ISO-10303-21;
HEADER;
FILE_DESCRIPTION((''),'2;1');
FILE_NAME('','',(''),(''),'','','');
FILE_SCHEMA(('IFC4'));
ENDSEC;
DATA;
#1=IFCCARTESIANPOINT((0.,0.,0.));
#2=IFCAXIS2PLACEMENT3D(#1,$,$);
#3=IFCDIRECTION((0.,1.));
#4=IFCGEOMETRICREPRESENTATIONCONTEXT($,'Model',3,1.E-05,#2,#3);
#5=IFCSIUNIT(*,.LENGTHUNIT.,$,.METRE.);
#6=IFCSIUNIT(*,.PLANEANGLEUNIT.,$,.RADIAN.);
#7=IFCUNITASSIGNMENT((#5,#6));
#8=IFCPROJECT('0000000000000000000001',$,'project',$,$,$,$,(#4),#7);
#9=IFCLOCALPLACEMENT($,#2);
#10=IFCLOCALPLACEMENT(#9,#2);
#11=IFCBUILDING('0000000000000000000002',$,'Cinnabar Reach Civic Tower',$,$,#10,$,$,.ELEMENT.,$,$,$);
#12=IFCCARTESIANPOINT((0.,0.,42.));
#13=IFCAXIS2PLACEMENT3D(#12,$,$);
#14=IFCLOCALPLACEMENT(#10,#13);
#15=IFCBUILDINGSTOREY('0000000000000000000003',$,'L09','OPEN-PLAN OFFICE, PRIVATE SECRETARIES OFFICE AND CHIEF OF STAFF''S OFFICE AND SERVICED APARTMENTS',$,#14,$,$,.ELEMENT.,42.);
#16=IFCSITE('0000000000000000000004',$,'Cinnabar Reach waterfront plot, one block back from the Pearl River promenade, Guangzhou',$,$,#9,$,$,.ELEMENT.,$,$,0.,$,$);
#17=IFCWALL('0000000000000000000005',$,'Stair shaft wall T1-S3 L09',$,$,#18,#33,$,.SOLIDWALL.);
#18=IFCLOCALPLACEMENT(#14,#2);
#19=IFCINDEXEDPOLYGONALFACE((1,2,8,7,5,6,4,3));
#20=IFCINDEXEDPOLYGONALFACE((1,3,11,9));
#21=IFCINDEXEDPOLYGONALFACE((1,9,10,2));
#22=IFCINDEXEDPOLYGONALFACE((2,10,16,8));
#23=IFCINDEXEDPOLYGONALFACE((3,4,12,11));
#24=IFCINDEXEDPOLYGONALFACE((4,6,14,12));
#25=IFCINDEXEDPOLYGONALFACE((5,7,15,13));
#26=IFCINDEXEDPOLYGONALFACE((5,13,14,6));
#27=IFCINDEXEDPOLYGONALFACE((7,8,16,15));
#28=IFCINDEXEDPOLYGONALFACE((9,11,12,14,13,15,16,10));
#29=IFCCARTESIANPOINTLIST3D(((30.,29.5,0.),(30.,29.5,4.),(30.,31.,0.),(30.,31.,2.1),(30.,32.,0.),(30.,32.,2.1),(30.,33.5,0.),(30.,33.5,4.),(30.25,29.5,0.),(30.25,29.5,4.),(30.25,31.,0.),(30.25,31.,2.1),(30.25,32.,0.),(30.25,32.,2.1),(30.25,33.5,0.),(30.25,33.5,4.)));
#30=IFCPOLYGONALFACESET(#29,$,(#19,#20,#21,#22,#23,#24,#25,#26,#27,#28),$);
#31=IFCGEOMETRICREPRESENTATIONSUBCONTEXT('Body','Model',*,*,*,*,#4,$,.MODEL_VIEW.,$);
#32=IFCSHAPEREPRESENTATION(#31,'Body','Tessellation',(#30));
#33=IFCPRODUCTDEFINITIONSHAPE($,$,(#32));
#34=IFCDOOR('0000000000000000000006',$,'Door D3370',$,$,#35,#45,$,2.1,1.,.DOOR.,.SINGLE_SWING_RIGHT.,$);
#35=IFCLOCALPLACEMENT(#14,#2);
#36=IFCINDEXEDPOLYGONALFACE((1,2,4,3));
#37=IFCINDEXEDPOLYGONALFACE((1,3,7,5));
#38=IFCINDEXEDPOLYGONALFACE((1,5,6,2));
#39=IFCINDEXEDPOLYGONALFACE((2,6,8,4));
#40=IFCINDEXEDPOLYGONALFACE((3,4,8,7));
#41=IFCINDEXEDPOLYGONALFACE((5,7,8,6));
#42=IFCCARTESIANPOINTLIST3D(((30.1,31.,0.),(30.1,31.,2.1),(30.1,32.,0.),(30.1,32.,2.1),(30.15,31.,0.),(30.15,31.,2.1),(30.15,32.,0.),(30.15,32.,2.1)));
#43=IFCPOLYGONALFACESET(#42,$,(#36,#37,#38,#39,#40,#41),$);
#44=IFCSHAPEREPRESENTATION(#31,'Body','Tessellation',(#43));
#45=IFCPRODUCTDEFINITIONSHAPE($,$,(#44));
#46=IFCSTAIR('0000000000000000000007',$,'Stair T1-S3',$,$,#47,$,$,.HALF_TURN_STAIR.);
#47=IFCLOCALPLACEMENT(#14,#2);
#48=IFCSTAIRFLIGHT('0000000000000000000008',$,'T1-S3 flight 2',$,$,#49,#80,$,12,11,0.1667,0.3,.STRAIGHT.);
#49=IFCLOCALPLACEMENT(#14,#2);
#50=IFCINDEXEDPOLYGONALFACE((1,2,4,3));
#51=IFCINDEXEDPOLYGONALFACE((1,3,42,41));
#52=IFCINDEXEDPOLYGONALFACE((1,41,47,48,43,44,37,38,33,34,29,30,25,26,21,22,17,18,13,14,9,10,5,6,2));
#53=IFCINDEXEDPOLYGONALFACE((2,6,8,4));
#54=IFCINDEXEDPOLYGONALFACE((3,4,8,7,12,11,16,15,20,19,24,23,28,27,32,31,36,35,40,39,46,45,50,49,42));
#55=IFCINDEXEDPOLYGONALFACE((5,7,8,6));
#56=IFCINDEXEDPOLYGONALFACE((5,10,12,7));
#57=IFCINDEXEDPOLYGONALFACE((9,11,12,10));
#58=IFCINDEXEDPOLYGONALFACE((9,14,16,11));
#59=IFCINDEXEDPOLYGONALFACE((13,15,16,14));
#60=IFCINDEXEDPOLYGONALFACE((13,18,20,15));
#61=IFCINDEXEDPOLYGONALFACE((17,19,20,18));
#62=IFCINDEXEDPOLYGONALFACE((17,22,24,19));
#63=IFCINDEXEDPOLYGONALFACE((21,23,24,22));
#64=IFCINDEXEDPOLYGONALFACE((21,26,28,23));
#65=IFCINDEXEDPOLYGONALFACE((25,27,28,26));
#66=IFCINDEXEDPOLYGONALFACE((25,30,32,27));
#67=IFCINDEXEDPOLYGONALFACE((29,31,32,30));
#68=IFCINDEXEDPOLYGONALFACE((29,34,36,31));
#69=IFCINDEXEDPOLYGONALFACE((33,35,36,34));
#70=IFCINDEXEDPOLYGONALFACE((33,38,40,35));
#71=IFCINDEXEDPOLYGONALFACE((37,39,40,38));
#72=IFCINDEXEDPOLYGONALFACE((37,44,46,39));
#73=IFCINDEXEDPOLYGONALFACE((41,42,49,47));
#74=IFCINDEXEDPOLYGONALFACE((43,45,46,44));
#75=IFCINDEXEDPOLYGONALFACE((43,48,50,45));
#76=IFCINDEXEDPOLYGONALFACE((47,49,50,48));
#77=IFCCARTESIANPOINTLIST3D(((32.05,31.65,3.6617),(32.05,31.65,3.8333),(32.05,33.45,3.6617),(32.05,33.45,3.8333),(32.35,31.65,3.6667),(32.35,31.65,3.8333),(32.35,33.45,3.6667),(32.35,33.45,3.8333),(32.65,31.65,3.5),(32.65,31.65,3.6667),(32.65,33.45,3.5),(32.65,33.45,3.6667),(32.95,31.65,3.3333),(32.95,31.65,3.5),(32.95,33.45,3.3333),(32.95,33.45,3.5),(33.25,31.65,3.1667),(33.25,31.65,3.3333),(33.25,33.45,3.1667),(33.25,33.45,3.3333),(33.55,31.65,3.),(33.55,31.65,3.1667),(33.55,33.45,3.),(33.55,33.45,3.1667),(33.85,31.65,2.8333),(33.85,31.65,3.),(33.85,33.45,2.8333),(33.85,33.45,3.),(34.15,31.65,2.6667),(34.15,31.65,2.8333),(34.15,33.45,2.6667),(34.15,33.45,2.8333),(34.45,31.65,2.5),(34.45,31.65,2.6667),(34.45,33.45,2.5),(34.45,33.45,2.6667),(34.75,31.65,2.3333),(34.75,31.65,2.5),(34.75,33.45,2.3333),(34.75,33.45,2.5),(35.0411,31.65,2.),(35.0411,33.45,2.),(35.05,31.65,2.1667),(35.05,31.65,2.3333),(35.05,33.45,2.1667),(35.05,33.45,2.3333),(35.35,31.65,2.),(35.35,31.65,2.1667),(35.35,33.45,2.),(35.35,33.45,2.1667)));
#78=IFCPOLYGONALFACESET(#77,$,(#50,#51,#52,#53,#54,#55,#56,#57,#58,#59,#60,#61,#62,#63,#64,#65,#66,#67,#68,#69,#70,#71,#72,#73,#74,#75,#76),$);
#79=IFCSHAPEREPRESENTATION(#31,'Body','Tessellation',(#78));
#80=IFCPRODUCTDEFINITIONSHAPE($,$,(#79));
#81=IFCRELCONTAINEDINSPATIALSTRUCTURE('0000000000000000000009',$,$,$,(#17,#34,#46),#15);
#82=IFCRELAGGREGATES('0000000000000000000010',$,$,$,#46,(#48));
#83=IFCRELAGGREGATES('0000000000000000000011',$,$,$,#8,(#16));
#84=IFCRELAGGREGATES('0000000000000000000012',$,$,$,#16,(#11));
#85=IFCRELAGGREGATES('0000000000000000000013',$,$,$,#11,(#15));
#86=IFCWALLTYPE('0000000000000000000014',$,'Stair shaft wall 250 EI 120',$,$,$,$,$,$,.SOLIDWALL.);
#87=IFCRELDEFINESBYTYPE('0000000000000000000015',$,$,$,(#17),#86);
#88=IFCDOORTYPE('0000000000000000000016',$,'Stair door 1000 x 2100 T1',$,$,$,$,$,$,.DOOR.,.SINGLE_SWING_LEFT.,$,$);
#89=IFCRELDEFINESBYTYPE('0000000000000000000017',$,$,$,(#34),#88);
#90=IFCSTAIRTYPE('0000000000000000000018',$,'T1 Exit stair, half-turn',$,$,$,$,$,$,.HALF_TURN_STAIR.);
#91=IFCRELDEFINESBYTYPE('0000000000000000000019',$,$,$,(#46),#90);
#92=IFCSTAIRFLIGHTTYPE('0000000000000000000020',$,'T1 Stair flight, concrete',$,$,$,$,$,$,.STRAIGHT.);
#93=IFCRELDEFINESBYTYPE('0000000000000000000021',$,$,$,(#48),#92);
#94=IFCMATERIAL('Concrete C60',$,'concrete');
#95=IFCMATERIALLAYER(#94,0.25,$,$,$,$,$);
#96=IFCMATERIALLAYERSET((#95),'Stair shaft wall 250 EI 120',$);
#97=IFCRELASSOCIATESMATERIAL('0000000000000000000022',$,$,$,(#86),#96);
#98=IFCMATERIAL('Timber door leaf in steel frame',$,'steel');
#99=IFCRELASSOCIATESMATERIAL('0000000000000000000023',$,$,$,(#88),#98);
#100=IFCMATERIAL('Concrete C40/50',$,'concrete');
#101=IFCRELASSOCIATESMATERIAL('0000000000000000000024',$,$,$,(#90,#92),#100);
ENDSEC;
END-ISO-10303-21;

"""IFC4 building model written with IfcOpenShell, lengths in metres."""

from ifc_helpers import new_model, si_unit, direction, frame, frame_2d, origin, place, context, subcontext, project, spatial, polyline, rectangle, outline, extrude, material, layer, layer_set, type_object, element, fill, aggregate, save


model = new_model("IFC4")

# Units and contexts
model_context = context("Model", 3, precision=1e-05, world=origin(), true_north=direction((0.0, 1.0)))
body_context = subcontext(model_context, "Body", "Model", "MODEL_VIEW")
ifc_project = project(units=[si_unit("LENGTHUNIT", "METRE"), si_unit("PLANEANGLEUNIT", "RADIAN")], contexts=[model_context])

# Site, building, storey
site_placement = place(None, origin())
site = spatial("IfcSite", under=ifc_project, at=site_placement, Name="Cinnabar Reach waterfront plot, one block back from the Pearl River promenade, Guangzhou", CompositionType="ELEMENT", RefElevation=0.0)
building_placement = place(site_placement, origin())
building = spatial("IfcBuilding", under=site, at=building_placement, Name="Cinnabar Reach Civic Tower", CompositionType="ELEMENT")
storey_placement = place(building_placement, frame((0.0, 0.0, 42.0)))
storey = spatial("IfcBuildingStorey", under=building, at=storey_placement, Name="L09", Description="OPEN-PLAN OFFICE, PRIVATE SECRETARIES OFFICE AND CHIEF OF STAFF'S OFFICE AND SERVICED APARTMENTS", CompositionType="ELEMENT", Elevation=42.0)

# Shared definitions
ifc_material_1 = material(Name="Timber door leaf in steel frame", Category="steel")

# Shared definitions
ifc_material_2 = material(Name="Concrete C60", Category="concrete")
ifc_layer_1 = layer(ifc_material_2, 0.25)
ifc_layer_set_1 = layer_set([ifc_layer_1], Name="Stair shaft wall 250 EI 120")
wall_type_1 = type_object("IfcWallType", Name="Stair shaft wall 250 EI 120", PredefinedType="SOLIDWALL", material=ifc_layer_set_1)

# Wall, opening, door
wall_1_placement = place(storey_placement, frame((30.125, 33.5, 0.0), z_axis=(0.0, 0.0, 1.0), x_axis=(0.0, -1.0, 0.0)))
wall_1 = element("IfcWall", 1, at=wall_1_placement, inside=storey, type_object=wall_type_1, Name="Stair shaft wall T1-S3 L09", PredefinedType="SOLIDWALL", context=body_context, shape_type="SweptSolid", body=[
    extrude(rectangle(XDim=4.0, YDim=0.25, at=frame_2d((2.0, 0.0))), origin(), (0.0, 0.0, 1.0), 4.0),
])
opening_1_placement = place(wall_1_placement, frame((1.5, 0.0, 0.0)))
opening_1 = element("IfcOpeningElement", 2, at=opening_1_placement, cuts=wall_1, PredefinedType="OPENING", context=body_context, shape_type="SweptSolid", body=[
    extrude(rectangle(XDim=1.0, YDim=2.1, at=frame_2d((0.5, 1.05))), frame((0.0, 0.135, 0.0), z_axis=(0.0, -1.0, 0.0), x_axis=(1.0, 0.0, 0.0)), (0.0, 0.0, 1.0), 0.27),
])
door_type_1 = type_object("IfcDoorType", Name="Stair door 1000 x 2100 T1", OperationType="SINGLE_SWING_LEFT", PredefinedType="DOOR", material=ifc_material_1)
door_1_placement = place(opening_1_placement, origin())
door_1 = element("IfcDoor", 3, at=door_1_placement, inside=storey, type_object=door_type_1, Name="Door D3370", OperationType="SINGLE_SWING_RIGHT", OverallHeight=2.1, OverallWidth=1.0, PredefinedType="DOOR", context=body_context, shape_type="SweptSolid", body=[
    extrude(rectangle(XDim=1.0, YDim=2.1, at=frame_2d((0.5, 1.05))), frame((0.0, 0.025, 0.0), z_axis=(0.0, -1.0, 0.0), x_axis=(1.0, 0.0, 0.0)), (0.0, 0.0, 1.0), 0.05),
])
fill(opening_1, door_1)

# Stair, stair flight
ifc_material_3 = material(Name="Concrete C40/50", Category="concrete")
stair_type = type_object("IfcStairType", Name="T1 Exit stair, half-turn", PredefinedType="HALF_TURN_STAIR", material=ifc_material_3)
stair_placement = place(storey_placement, origin())
stair = element("IfcStair", 4, at=stair_placement, inside=storey, type_object=stair_type, Name="Stair T1-S3", PredefinedType="HALF_TURN_STAIR")
stair_flight_type = type_object("IfcStairFlightType", Name="T1 Stair flight, concrete", PredefinedType="STRAIGHT", material=ifc_material_3)
stair_flight_placement = place(storey_placement, frame((35.35, 32.55, 2.0), z_axis=(0.0, 0.0, 1.0), x_axis=(-1.0, 0.0, 0.0)))
stair_flight = element("IfcStairFlight", 5, at=stair_flight_placement, type_object=stair_flight_type, Name="T1-S3 flight 2", NumberOfRisers=12, NumberOfTreads=11, PredefinedType="STRAIGHT", RiserHeight=0.1667, TreadLength=0.3, context=body_context, shape_type="SweptSolid", body=[
    extrude(outline(polyline([(0.0, 0.0), (0.0, 0.1667), (0.3, 0.1667), (0.3, 0.3333), (0.6, 0.3333), (0.6, 0.5), (0.9, 0.5), (0.9, 0.6667), (1.2, 0.6667), (1.2, 0.8333), (1.5, 0.8333), (1.5, 1.0), (1.8, 1.0), (1.8, 1.1667), (2.1, 1.1667), (2.1, 1.3333), (2.4, 1.3333), (2.4, 1.5), (2.7, 1.5), (2.7, 1.6667), (3.0, 1.6667), (3.0, 1.8333), (3.3, 1.8333), (3.3, 2.0), (3.3, 1.6617), (0.3089, 0.0), (0.0, 0.0)])), frame((0.0, 0.9, 0.0), z_axis=(0.0, -1.0, 0.0), x_axis=(1.0, 0.0, 0.0)), (0.0, 0.0, 1.0), 1.8),
])
aggregate(stair, [stair_flight])

save(model, "model.ifc")
